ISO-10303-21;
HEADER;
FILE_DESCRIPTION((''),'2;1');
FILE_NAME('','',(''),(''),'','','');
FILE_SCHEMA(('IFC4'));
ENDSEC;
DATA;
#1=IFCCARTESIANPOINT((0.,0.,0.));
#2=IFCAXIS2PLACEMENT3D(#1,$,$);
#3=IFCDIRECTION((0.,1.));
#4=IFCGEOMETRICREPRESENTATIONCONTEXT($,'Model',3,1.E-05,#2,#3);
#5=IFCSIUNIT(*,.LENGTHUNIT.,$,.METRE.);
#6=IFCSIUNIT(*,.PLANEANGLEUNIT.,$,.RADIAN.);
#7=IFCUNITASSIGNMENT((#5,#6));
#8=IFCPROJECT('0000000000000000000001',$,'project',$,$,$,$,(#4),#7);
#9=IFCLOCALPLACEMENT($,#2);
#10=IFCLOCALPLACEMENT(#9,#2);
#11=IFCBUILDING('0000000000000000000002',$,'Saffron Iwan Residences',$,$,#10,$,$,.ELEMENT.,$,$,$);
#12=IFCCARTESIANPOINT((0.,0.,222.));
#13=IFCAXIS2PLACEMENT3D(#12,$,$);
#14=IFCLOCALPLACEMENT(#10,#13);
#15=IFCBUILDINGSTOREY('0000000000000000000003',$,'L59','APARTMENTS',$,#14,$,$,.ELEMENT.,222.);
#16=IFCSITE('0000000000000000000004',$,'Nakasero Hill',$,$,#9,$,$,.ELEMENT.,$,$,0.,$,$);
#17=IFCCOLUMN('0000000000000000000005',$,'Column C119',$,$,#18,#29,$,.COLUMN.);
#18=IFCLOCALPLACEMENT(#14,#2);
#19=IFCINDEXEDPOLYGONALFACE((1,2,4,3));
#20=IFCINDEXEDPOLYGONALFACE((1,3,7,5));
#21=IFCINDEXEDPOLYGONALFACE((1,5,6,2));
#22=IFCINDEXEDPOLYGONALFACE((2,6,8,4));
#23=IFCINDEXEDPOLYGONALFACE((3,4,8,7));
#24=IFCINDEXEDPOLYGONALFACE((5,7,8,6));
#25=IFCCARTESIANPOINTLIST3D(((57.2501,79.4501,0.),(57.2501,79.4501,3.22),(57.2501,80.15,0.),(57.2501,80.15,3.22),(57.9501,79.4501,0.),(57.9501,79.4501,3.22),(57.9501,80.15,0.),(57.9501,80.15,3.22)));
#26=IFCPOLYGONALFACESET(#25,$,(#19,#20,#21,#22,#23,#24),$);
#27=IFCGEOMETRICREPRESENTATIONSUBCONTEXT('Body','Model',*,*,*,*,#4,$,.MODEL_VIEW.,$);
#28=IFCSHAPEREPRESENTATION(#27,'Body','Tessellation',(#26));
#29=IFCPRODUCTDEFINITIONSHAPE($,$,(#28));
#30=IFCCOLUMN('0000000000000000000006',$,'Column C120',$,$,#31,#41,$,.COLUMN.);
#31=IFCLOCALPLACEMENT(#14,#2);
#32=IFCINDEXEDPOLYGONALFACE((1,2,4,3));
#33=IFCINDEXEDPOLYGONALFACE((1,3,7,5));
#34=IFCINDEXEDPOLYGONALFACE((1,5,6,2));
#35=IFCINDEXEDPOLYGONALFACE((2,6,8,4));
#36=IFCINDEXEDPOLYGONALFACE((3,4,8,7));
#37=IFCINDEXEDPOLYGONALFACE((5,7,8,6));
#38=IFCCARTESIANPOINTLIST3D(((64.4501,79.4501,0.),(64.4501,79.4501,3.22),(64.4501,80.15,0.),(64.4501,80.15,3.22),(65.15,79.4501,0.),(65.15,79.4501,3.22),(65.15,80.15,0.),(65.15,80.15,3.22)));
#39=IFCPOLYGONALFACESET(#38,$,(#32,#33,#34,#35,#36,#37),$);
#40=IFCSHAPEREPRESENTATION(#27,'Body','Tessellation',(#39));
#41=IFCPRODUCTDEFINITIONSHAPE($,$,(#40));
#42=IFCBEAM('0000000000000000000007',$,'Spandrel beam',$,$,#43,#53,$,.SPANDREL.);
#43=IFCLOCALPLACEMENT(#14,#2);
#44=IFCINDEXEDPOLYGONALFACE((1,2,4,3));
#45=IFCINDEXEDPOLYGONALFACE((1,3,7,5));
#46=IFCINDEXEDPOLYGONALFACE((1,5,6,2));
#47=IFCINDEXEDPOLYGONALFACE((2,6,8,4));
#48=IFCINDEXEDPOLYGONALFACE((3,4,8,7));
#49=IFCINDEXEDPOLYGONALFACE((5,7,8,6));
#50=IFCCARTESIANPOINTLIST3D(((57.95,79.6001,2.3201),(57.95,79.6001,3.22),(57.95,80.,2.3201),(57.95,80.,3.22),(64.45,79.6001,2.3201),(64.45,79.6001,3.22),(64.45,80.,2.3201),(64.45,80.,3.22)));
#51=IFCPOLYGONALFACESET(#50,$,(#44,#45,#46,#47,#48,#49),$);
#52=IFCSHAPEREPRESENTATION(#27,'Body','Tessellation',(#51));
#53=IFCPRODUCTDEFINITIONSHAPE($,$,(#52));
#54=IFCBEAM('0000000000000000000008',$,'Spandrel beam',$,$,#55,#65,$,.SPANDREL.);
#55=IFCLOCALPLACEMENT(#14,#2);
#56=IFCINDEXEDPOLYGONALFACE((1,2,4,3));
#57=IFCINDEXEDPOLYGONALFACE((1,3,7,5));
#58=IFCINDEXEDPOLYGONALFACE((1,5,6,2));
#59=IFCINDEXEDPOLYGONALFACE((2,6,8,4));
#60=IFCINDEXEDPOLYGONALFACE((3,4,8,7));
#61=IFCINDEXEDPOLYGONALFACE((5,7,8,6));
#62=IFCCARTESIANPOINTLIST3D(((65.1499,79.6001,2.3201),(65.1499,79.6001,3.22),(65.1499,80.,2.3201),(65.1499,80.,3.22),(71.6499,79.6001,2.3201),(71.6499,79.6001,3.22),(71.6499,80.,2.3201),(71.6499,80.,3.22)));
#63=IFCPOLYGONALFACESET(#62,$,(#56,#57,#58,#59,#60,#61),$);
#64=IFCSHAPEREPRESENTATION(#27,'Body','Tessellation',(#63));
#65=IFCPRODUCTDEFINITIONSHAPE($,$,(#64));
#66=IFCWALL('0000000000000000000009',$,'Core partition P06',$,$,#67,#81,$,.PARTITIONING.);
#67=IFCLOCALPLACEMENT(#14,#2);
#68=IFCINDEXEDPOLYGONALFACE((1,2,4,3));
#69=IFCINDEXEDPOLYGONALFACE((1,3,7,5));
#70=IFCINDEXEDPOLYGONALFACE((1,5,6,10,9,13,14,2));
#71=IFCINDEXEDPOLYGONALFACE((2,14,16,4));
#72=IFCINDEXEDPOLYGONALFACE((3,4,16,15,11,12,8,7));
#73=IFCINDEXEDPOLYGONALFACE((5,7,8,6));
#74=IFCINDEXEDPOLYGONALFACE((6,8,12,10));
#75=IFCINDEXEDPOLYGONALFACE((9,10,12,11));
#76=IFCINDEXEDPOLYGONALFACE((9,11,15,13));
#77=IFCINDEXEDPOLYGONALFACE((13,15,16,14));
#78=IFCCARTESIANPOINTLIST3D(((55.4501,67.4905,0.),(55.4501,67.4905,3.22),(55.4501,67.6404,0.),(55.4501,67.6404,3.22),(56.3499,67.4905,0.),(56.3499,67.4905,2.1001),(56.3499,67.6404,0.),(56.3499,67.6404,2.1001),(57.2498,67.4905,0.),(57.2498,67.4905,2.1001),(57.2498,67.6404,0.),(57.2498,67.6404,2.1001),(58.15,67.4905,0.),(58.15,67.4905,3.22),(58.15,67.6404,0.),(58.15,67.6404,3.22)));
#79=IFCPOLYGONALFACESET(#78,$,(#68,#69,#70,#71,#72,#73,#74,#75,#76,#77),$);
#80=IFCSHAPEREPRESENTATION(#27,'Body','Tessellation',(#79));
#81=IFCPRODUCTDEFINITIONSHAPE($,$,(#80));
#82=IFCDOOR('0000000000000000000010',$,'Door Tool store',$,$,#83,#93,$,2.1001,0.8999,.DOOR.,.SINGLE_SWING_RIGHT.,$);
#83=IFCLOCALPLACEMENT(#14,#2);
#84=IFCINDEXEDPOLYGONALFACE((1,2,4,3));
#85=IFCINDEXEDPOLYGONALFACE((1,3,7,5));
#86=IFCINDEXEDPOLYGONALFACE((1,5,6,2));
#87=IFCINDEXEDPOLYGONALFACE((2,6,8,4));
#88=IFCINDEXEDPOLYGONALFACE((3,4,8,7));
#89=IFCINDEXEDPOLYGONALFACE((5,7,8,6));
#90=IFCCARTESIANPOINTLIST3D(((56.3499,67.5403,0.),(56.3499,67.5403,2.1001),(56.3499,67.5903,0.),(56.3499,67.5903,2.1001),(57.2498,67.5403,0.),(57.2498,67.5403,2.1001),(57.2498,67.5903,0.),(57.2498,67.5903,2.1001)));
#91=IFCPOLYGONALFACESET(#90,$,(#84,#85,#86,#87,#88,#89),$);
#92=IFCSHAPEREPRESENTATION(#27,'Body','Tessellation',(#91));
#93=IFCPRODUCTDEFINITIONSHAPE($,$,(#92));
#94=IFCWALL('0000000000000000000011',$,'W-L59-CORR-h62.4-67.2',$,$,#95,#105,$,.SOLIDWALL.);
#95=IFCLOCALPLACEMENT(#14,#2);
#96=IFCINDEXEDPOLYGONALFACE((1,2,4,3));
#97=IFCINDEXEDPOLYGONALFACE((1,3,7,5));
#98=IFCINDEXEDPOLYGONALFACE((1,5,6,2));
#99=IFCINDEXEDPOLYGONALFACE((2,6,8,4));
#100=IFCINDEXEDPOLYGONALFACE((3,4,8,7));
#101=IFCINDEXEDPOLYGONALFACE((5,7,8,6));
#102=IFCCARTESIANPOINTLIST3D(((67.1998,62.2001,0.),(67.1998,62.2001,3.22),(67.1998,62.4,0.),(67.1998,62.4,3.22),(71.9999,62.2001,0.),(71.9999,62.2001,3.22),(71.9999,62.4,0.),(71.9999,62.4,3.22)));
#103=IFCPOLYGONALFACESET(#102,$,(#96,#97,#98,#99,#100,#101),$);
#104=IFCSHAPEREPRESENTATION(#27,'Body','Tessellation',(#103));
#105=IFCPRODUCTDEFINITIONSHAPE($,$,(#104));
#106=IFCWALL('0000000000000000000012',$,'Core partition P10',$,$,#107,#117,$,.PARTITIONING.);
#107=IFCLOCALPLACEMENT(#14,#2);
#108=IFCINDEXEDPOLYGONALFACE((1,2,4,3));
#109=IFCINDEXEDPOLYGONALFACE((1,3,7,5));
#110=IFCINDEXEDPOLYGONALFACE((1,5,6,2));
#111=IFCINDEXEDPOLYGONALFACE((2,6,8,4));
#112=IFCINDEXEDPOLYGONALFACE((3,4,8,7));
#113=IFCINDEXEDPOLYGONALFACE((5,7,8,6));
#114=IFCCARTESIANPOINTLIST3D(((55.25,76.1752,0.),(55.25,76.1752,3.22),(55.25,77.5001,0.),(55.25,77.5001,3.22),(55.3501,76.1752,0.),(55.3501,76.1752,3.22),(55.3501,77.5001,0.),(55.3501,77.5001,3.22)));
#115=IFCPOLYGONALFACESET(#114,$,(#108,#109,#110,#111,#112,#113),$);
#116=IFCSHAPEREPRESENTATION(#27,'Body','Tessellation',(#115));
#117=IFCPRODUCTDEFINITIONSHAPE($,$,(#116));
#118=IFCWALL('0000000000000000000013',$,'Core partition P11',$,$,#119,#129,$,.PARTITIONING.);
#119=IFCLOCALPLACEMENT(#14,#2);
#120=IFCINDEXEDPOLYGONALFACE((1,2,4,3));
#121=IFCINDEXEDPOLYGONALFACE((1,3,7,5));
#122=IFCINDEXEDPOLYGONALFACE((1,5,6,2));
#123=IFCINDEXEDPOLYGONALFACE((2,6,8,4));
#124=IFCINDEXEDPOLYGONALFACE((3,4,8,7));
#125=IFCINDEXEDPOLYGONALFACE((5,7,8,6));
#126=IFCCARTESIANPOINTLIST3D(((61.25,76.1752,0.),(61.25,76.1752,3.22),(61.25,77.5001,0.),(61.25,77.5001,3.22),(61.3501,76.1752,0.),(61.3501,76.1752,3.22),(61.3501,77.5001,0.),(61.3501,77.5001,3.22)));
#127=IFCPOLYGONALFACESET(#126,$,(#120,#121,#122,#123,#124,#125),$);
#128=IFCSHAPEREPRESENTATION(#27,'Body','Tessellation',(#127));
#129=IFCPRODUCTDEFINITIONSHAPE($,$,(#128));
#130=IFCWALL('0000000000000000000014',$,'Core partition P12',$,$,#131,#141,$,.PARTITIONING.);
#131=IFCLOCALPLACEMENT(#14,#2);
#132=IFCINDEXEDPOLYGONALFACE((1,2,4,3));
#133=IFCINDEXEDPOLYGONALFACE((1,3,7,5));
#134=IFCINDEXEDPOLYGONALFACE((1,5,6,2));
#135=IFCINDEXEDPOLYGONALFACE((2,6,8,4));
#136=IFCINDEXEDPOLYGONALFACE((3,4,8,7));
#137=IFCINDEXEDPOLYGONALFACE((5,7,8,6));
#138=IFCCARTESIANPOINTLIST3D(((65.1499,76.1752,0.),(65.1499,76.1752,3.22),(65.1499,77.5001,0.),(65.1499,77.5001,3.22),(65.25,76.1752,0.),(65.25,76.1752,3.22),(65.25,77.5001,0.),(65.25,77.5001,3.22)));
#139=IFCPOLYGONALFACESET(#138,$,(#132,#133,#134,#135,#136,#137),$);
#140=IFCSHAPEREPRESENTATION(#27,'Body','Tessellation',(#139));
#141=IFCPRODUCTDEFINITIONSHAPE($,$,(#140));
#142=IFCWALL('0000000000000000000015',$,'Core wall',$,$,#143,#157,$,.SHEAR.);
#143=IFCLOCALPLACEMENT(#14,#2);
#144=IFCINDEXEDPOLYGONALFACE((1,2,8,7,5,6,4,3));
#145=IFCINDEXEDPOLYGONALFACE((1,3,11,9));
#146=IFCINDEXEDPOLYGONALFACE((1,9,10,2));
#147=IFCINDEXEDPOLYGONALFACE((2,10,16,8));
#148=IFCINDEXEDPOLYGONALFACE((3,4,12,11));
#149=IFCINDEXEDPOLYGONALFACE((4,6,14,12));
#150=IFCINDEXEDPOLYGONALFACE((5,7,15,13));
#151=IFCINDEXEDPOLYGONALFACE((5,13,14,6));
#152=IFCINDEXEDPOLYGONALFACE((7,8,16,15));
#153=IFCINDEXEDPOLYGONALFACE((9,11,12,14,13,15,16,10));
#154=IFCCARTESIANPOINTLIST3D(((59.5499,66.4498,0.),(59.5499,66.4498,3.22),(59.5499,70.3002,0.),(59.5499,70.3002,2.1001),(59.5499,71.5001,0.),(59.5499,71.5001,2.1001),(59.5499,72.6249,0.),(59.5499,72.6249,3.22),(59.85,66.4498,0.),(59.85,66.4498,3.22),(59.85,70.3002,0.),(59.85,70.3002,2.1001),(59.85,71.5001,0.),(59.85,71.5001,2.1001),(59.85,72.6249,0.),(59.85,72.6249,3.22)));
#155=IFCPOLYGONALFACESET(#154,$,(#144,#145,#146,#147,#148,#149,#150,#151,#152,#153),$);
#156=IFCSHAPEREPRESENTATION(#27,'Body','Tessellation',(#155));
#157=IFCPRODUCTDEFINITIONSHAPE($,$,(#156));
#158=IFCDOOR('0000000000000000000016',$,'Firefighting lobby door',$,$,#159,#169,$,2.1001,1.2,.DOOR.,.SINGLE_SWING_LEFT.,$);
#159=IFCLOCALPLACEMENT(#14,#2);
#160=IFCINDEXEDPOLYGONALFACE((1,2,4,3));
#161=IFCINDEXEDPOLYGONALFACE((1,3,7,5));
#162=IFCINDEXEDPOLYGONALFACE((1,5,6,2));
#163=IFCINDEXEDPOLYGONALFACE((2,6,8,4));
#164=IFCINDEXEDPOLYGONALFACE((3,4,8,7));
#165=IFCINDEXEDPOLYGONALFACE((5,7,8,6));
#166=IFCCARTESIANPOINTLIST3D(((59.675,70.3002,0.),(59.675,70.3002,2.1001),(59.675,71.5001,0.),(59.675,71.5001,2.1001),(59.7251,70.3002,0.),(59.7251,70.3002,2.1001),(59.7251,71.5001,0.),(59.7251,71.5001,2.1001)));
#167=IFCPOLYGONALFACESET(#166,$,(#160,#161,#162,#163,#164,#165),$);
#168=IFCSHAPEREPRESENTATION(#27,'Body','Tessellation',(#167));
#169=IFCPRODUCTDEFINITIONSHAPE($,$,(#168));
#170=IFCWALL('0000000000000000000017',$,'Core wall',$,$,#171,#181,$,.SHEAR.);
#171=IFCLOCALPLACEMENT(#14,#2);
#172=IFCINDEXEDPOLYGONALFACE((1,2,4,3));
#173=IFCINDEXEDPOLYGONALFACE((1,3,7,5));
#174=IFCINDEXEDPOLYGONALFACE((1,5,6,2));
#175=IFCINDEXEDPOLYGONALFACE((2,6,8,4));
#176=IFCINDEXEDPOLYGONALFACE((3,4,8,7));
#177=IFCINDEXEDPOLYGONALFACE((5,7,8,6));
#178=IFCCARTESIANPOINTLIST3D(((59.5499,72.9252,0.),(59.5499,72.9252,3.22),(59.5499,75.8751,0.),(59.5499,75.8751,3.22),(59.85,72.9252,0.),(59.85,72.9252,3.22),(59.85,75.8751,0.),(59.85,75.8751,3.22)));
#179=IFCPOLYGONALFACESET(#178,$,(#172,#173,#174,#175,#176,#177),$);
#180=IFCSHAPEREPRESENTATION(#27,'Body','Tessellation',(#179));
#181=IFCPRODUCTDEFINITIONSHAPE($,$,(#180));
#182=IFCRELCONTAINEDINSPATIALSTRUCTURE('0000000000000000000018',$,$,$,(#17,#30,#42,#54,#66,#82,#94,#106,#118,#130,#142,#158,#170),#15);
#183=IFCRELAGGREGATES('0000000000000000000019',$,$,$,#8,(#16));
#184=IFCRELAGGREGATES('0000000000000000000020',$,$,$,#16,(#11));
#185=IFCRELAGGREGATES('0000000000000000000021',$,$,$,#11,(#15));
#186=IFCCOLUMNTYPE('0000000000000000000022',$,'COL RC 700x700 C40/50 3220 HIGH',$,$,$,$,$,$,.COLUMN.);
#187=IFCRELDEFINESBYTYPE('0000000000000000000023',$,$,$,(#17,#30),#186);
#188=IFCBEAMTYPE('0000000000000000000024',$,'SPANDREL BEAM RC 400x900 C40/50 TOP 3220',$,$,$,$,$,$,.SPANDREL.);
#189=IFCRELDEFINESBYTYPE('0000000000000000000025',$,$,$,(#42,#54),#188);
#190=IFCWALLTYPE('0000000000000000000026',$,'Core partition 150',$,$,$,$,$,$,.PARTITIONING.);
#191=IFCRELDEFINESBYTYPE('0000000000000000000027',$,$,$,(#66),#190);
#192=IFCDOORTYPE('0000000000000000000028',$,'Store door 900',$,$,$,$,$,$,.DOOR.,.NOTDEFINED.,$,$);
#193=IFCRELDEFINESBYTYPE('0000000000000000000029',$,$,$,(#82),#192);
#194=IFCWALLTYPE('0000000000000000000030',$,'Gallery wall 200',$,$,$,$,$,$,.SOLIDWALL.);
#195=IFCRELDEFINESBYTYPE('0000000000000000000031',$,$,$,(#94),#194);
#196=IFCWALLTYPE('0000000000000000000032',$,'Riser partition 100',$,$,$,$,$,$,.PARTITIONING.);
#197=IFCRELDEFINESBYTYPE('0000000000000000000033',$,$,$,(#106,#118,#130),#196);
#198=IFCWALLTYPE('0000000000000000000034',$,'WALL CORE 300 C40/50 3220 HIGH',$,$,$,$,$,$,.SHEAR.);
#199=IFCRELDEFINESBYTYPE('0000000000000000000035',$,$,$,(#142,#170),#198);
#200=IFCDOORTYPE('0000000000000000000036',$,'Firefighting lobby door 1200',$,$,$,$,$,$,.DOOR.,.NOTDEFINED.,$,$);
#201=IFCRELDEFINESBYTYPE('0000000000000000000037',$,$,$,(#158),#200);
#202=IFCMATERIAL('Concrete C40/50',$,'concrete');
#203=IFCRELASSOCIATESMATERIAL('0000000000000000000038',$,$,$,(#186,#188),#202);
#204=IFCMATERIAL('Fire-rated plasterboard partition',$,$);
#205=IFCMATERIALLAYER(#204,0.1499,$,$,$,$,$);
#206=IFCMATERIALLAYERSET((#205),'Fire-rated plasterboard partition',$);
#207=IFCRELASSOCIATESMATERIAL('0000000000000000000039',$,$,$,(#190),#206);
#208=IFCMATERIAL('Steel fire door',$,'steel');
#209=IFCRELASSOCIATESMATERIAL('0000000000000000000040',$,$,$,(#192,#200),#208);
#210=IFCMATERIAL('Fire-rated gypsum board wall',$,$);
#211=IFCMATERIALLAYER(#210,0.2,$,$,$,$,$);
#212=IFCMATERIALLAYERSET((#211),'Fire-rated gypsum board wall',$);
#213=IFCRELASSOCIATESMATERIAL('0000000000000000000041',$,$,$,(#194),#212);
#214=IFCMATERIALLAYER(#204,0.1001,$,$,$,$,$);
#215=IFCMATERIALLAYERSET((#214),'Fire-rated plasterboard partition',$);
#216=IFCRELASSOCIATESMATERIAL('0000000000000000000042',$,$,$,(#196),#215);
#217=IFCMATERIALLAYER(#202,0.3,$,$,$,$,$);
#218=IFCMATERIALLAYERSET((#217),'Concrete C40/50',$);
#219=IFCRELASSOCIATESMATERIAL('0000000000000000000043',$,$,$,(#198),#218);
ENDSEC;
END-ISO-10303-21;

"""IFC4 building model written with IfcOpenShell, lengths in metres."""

from ifc_helpers import new_model, si_unit, direction, frame, frame_2d, origin, origin_2d, place, context, subcontext, project, spatial, rectangle, extrude, source, transform, mapped, material, layer, layer_set, material_profile, profile_set, type_object, element, fill, save


model = new_model("IFC4")

# Units and contexts
model_context = context("Model", 3, precision=1e-05, world=origin(), true_north=direction((0.0, 1.0)))
body_context = subcontext(model_context, "Body", "Model", "MODEL_VIEW")
ifc_project = project(units=[si_unit("LENGTHUNIT", "METRE"), si_unit("PLANEANGLEUNIT", "RADIAN")], contexts=[model_context])

# Site, building, storey
site_placement = place(None, origin())
site = spatial("IfcSite", under=ifc_project, at=site_placement, Name="Nakasero Hill", CompositionType="ELEMENT", RefElevation=0.0)
building_placement = place(site_placement, origin())
building = spatial("IfcBuilding", under=site, at=building_placement, Name="Saffron Iwan Residences", CompositionType="ELEMENT")
storey_placement = place(building_placement, frame((0.0, 0.0, 222.0)))
storey = spatial("IfcBuildingStorey", under=building, at=storey_placement, Name="L59", Description="APARTMENTS", CompositionType="ELEMENT", Elevation=222.0)

# Columns
ifc_material_1 = material(Name="Concrete C40/50", Category="concrete")
ifc_material_profile_1 = material_profile(ifc_material_1, rectangle(XDim=0.7, YDim=0.7, at=origin_2d()), Name="RC 700x700")
ifc_profile_set_1 = profile_set([ifc_material_profile_1], Name="Concrete C40/50")
column_type = type_object("IfcColumnType", Name="COL RC 700x700 C40/50 3220 HIGH", PredefinedType="COLUMN", material=ifc_profile_set_1)
shared_shape_1 = source(origin(), body_context, "Body", "SweptSolid", [
    extrude(rectangle(XDim=0.7, YDim=0.7, at=origin_2d()), origin(), (0.0, 0.0, 1.0), 3.22),
])
for number, where, z_axis, x_axis, name in (
    (1, (57.6001, 79.8, 0.0), (0.0, 0.0, 1.0), (1.0, 0.0, 0.0), "Column C119"),
    (2, (64.8, 79.8, 0.0), (0.0, 0.0, 1.0), (1.0, 0.0, 0.0), "Column C120"),
):
    element("IfcColumn", number, at=place(storey_placement, frame(where, z_axis=z_axis, x_axis=x_axis)), inside=storey, type_object=column_type, Name=name, PredefinedType="COLUMN", context=body_context, shape_type="MappedRepresentation", body=[
        mapped(shared_shape_1, transform((0.0, 0.0, 0.0))),
    ])

# Beams
ifc_material_profile_2 = material_profile(ifc_material_1, rectangle(XDim=0.3999, YDim=0.8999, at=origin_2d()), Name="RC 400x900")
ifc_profile_set_2 = profile_set([ifc_material_profile_2], Name="Concrete C40/50")
beam_type = type_object("IfcBeamType", Name="SPANDREL BEAM RC 400x900 C40/50 TOP 3220", PredefinedType="SPANDREL", material=ifc_profile_set_2)
shared_shape_2 = source(origin(), body_context, "Body", "SweptSolid", [
    extrude(rectangle(XDim=0.3999, YDim=0.8999, at=origin_2d()), origin(), (0.0, 0.0, 1.0), 6.5),
])
for number, where, z_axis, x_axis, name in (
    (3, (57.95, 79.8, 2.77), (1.0, 0.0, 0.0), (0.0, 1.0, 0.0), "Spandrel beam"),
    (4, (65.1499, 79.8, 2.77), (1.0, 0.0, 0.0), (0.0, 1.0, 0.0), "Spandrel beam"),
):
    element("IfcBeam", number, at=place(storey_placement, frame(where, z_axis=z_axis, x_axis=x_axis)), inside=storey, type_object=beam_type, Name=name, PredefinedType="SPANDREL", context=body_context, shape_type="MappedRepresentation", body=[
        mapped(shared_shape_2, transform((0.0, 0.0, 0.0))),
    ])

# Wall, opening, door
ifc_material_2 = material(Name="Fire-rated plasterboard partition")
ifc_layer_1 = layer(ifc_material_2, 0.1499)
ifc_layer_set_1 = layer_set([ifc_layer_1], Name="Fire-rated plasterboard partition")
wall_type_1 = type_object("IfcWallType", Name="Core partition 150", PredefinedType="PARTITIONING", material=ifc_layer_set_1)
wall_1_placement = place(storey_placement, frame((55.45, 67.5654, 0.0), z_axis=(0.0, 0.0, 1.0), x_axis=(1.0, 0.0, 0.0)))
wall_1 = element("IfcWall", 5, at=wall_1_placement, inside=storey, type_object=wall_type_1, Name="Core partition P06", PredefinedType="PARTITIONING", context=body_context, shape_type="SweptSolid", body=[
    extrude(rectangle(XDim=2.7, YDim=0.1499, at=frame_2d((1.3501, 0.0))), origin(), (0.0, 0.0, 1.0), 3.22),
])
opening_1_placement = place(wall_1_placement, frame((0.8999, 0.0, 0.0)))
opening_1 = element("IfcOpeningElement", 6, at=opening_1_placement, cuts=wall_1, PredefinedType="OPENING", context=body_context, shape_type="SweptSolid", body=[
    extrude(rectangle(XDim=0.8999, YDim=2.1001, at=frame_2d((0.45, 1.05))), frame((0.0, 0.085, 0.0), z_axis=(0.0, -1.0, 0.0), x_axis=(1.0, 0.0, 0.0)), (0.0, 0.0, 1.0), 0.1699),
])
ifc_material_3 = material(Name="Steel fire door", Category="steel")
door_type_1 = type_object("IfcDoorType", Name="Store door 900", OperationType="NOTDEFINED", PredefinedType="DOOR", material=ifc_material_3)
door_1_placement = place(opening_1_placement, origin())
door_1 = element("IfcDoor", 7, at=door_1_placement, inside=storey, type_object=door_type_1, Name="Door Tool store", OperationType="SINGLE_SWING_RIGHT", OverallHeight=2.1001, OverallWidth=0.8999, PredefinedType="DOOR", context=body_context, shape_type="SweptSolid", body=[
    extrude(rectangle(XDim=0.8999, YDim=2.1001, at=frame_2d((0.45, 1.05))), frame((0.0, 0.0249, 0.0), z_axis=(0.0, -1.0, 0.0), x_axis=(1.0, 0.0, 0.0)), (0.0, 0.0, 1.0), 0.05),
])
fill(opening_1, door_1)

# Walls
ifc_material_4 = material(Name="Fire-rated gypsum board wall")
ifc_layer_2 = layer(ifc_material_4, 0.2)
ifc_layer_set_2 = layer_set([ifc_layer_2], Name="Fire-rated gypsum board wall")
wall_type_2 = type_object("IfcWallType", Name="Gallery wall 200", PredefinedType="SOLIDWALL", material=ifc_layer_set_2)
wall_2_placement = place(storey_placement, frame((67.2, 62.3, 0.0), z_axis=(0.0, 0.0, 1.0), x_axis=(1.0, 0.0, 0.0)))
element("IfcWall", 8, at=wall_2_placement, inside=storey, type_object=wall_type_2, Name="W-L59-CORR-h62.4-67.2", PredefinedType="SOLIDWALL", context=body_context, shape_type="SweptSolid", body=[
    extrude(rectangle(XDim=4.8, YDim=0.2, at=frame_2d((2.3999, 0.0))), origin(), (0.0, 0.0, 1.0), 3.22),
])
ifc_layer_3 = layer(ifc_material_2, 0.1001)
ifc_layer_set_3 = layer_set([ifc_layer_3], Name="Fire-rated plasterboard partition")
wall_type_3 = type_object("IfcWallType", Name="Riser partition 100", PredefinedType="PARTITIONING", material=ifc_layer_set_3)
for number, where, z_axis, x_axis, name in (
    (9, (55.3, 76.175, 0.0), (0.0, 0.0, 1.0), (0.0, 1.0, 0.0), "Core partition P10"),
    (10, (61.3, 76.175, 0.0), (0.0, 0.0, 1.0), (0.0, 1.0, 0.0), "Core partition P11"),
    (11, (65.2, 76.175, 0.0), (0.0, 0.0, 1.0), (0.0, 1.0, 0.0), "Core partition P12"),
):
    element("IfcWall", number, at=place(storey_placement, frame(where, z_axis=z_axis, x_axis=x_axis)), inside=storey, type_object=wall_type_3, Name=name, PredefinedType="PARTITIONING", context=body_context, shape_type="SweptSolid", body=[
        extrude(rectangle(XDim=1.325, YDim=0.1001, at=frame_2d((0.6626, 0.0))), origin(), (0.0, 0.0, 1.0), 3.22),
    ])

# Wall, opening, door
ifc_layer_4 = layer(ifc_material_1, 0.3)
ifc_layer_set_4 = layer_set([ifc_layer_4], Name="Concrete C40/50")
wall_type_4 = type_object("IfcWallType", Name="WALL CORE 300 C40/50 3220 HIGH", PredefinedType="SHEAR", material=ifc_layer_set_4)
wall_3_placement = place(storey_placement, frame((59.7, 66.45, 0.0), z_axis=(0.0, 0.0, 1.0), x_axis=(0.0, 1.0, 0.0)))
wall_3 = element("IfcWall", 12, at=wall_3_placement, inside=storey, type_object=wall_type_4, Name="Core wall", PredefinedType="SHEAR", context=body_context, shape_type="SweptSolid", body=[
    extrude(rectangle(XDim=6.175, YDim=0.3, at=frame_2d((3.0874, 0.0))), origin(), (0.0, 0.0, 1.0), 3.22),
])
opening_2_placement = place(wall_3_placement, frame((3.8501, 0.0, 0.0)))
opening_2 = element("IfcOpeningElement", 13, at=opening_2_placement, cuts=wall_3, PredefinedType="OPENING", context=body_context, shape_type="SweptSolid", body=[
    extrude(rectangle(XDim=1.2, YDim=2.1001, at=frame_2d((0.6001, 1.05))), frame((0.0, 0.1602, 0.0), z_axis=(0.0, -1.0, 0.0), x_axis=(1.0, 0.0, 0.0)), (0.0, 0.0, 1.0), 0.3201),
])
door_type_2 = type_object("IfcDoorType", Name="Firefighting lobby door 1200", OperationType="NOTDEFINED", PredefinedType="DOOR", material=ifc_material_3)
door_2_placement = place(opening_2_placement, origin())
door_2 = element("IfcDoor", 14, at=door_2_placement, inside=storey, type_object=door_type_2, Name="Firefighting lobby door", OperationType="SINGLE_SWING_LEFT", OverallHeight=2.1001, OverallWidth=1.2, PredefinedType="DOOR", context=body_context, shape_type="SweptSolid", body=[
    extrude(rectangle(XDim=1.2, YDim=2.1001, at=frame_2d((0.6001, 1.05))), frame((0.0, 0.0249, 0.0), z_axis=(0.0, -1.0, 0.0), x_axis=(1.0, 0.0, 0.0)), (0.0, 0.0, 1.0), 0.05),
])
fill(opening_2, door_2)

# Wall
wall_4_placement = place(storey_placement, frame((59.7, 72.925, 0.0), z_axis=(0.0, 0.0, 1.0), x_axis=(0.0, 1.0, 0.0)))
element("IfcWall", 15, at=wall_4_placement, inside=storey, type_object=wall_type_4, Name="Core wall", PredefinedType="SHEAR", context=body_context, shape_type="SweptSolid", body=[
    extrude(rectangle(XDim=2.95, YDim=0.3, at=frame_2d((1.4751, 0.0))), origin(), (0.0, 0.0, 1.0), 3.22),
])

save(model, "model.ifc")
